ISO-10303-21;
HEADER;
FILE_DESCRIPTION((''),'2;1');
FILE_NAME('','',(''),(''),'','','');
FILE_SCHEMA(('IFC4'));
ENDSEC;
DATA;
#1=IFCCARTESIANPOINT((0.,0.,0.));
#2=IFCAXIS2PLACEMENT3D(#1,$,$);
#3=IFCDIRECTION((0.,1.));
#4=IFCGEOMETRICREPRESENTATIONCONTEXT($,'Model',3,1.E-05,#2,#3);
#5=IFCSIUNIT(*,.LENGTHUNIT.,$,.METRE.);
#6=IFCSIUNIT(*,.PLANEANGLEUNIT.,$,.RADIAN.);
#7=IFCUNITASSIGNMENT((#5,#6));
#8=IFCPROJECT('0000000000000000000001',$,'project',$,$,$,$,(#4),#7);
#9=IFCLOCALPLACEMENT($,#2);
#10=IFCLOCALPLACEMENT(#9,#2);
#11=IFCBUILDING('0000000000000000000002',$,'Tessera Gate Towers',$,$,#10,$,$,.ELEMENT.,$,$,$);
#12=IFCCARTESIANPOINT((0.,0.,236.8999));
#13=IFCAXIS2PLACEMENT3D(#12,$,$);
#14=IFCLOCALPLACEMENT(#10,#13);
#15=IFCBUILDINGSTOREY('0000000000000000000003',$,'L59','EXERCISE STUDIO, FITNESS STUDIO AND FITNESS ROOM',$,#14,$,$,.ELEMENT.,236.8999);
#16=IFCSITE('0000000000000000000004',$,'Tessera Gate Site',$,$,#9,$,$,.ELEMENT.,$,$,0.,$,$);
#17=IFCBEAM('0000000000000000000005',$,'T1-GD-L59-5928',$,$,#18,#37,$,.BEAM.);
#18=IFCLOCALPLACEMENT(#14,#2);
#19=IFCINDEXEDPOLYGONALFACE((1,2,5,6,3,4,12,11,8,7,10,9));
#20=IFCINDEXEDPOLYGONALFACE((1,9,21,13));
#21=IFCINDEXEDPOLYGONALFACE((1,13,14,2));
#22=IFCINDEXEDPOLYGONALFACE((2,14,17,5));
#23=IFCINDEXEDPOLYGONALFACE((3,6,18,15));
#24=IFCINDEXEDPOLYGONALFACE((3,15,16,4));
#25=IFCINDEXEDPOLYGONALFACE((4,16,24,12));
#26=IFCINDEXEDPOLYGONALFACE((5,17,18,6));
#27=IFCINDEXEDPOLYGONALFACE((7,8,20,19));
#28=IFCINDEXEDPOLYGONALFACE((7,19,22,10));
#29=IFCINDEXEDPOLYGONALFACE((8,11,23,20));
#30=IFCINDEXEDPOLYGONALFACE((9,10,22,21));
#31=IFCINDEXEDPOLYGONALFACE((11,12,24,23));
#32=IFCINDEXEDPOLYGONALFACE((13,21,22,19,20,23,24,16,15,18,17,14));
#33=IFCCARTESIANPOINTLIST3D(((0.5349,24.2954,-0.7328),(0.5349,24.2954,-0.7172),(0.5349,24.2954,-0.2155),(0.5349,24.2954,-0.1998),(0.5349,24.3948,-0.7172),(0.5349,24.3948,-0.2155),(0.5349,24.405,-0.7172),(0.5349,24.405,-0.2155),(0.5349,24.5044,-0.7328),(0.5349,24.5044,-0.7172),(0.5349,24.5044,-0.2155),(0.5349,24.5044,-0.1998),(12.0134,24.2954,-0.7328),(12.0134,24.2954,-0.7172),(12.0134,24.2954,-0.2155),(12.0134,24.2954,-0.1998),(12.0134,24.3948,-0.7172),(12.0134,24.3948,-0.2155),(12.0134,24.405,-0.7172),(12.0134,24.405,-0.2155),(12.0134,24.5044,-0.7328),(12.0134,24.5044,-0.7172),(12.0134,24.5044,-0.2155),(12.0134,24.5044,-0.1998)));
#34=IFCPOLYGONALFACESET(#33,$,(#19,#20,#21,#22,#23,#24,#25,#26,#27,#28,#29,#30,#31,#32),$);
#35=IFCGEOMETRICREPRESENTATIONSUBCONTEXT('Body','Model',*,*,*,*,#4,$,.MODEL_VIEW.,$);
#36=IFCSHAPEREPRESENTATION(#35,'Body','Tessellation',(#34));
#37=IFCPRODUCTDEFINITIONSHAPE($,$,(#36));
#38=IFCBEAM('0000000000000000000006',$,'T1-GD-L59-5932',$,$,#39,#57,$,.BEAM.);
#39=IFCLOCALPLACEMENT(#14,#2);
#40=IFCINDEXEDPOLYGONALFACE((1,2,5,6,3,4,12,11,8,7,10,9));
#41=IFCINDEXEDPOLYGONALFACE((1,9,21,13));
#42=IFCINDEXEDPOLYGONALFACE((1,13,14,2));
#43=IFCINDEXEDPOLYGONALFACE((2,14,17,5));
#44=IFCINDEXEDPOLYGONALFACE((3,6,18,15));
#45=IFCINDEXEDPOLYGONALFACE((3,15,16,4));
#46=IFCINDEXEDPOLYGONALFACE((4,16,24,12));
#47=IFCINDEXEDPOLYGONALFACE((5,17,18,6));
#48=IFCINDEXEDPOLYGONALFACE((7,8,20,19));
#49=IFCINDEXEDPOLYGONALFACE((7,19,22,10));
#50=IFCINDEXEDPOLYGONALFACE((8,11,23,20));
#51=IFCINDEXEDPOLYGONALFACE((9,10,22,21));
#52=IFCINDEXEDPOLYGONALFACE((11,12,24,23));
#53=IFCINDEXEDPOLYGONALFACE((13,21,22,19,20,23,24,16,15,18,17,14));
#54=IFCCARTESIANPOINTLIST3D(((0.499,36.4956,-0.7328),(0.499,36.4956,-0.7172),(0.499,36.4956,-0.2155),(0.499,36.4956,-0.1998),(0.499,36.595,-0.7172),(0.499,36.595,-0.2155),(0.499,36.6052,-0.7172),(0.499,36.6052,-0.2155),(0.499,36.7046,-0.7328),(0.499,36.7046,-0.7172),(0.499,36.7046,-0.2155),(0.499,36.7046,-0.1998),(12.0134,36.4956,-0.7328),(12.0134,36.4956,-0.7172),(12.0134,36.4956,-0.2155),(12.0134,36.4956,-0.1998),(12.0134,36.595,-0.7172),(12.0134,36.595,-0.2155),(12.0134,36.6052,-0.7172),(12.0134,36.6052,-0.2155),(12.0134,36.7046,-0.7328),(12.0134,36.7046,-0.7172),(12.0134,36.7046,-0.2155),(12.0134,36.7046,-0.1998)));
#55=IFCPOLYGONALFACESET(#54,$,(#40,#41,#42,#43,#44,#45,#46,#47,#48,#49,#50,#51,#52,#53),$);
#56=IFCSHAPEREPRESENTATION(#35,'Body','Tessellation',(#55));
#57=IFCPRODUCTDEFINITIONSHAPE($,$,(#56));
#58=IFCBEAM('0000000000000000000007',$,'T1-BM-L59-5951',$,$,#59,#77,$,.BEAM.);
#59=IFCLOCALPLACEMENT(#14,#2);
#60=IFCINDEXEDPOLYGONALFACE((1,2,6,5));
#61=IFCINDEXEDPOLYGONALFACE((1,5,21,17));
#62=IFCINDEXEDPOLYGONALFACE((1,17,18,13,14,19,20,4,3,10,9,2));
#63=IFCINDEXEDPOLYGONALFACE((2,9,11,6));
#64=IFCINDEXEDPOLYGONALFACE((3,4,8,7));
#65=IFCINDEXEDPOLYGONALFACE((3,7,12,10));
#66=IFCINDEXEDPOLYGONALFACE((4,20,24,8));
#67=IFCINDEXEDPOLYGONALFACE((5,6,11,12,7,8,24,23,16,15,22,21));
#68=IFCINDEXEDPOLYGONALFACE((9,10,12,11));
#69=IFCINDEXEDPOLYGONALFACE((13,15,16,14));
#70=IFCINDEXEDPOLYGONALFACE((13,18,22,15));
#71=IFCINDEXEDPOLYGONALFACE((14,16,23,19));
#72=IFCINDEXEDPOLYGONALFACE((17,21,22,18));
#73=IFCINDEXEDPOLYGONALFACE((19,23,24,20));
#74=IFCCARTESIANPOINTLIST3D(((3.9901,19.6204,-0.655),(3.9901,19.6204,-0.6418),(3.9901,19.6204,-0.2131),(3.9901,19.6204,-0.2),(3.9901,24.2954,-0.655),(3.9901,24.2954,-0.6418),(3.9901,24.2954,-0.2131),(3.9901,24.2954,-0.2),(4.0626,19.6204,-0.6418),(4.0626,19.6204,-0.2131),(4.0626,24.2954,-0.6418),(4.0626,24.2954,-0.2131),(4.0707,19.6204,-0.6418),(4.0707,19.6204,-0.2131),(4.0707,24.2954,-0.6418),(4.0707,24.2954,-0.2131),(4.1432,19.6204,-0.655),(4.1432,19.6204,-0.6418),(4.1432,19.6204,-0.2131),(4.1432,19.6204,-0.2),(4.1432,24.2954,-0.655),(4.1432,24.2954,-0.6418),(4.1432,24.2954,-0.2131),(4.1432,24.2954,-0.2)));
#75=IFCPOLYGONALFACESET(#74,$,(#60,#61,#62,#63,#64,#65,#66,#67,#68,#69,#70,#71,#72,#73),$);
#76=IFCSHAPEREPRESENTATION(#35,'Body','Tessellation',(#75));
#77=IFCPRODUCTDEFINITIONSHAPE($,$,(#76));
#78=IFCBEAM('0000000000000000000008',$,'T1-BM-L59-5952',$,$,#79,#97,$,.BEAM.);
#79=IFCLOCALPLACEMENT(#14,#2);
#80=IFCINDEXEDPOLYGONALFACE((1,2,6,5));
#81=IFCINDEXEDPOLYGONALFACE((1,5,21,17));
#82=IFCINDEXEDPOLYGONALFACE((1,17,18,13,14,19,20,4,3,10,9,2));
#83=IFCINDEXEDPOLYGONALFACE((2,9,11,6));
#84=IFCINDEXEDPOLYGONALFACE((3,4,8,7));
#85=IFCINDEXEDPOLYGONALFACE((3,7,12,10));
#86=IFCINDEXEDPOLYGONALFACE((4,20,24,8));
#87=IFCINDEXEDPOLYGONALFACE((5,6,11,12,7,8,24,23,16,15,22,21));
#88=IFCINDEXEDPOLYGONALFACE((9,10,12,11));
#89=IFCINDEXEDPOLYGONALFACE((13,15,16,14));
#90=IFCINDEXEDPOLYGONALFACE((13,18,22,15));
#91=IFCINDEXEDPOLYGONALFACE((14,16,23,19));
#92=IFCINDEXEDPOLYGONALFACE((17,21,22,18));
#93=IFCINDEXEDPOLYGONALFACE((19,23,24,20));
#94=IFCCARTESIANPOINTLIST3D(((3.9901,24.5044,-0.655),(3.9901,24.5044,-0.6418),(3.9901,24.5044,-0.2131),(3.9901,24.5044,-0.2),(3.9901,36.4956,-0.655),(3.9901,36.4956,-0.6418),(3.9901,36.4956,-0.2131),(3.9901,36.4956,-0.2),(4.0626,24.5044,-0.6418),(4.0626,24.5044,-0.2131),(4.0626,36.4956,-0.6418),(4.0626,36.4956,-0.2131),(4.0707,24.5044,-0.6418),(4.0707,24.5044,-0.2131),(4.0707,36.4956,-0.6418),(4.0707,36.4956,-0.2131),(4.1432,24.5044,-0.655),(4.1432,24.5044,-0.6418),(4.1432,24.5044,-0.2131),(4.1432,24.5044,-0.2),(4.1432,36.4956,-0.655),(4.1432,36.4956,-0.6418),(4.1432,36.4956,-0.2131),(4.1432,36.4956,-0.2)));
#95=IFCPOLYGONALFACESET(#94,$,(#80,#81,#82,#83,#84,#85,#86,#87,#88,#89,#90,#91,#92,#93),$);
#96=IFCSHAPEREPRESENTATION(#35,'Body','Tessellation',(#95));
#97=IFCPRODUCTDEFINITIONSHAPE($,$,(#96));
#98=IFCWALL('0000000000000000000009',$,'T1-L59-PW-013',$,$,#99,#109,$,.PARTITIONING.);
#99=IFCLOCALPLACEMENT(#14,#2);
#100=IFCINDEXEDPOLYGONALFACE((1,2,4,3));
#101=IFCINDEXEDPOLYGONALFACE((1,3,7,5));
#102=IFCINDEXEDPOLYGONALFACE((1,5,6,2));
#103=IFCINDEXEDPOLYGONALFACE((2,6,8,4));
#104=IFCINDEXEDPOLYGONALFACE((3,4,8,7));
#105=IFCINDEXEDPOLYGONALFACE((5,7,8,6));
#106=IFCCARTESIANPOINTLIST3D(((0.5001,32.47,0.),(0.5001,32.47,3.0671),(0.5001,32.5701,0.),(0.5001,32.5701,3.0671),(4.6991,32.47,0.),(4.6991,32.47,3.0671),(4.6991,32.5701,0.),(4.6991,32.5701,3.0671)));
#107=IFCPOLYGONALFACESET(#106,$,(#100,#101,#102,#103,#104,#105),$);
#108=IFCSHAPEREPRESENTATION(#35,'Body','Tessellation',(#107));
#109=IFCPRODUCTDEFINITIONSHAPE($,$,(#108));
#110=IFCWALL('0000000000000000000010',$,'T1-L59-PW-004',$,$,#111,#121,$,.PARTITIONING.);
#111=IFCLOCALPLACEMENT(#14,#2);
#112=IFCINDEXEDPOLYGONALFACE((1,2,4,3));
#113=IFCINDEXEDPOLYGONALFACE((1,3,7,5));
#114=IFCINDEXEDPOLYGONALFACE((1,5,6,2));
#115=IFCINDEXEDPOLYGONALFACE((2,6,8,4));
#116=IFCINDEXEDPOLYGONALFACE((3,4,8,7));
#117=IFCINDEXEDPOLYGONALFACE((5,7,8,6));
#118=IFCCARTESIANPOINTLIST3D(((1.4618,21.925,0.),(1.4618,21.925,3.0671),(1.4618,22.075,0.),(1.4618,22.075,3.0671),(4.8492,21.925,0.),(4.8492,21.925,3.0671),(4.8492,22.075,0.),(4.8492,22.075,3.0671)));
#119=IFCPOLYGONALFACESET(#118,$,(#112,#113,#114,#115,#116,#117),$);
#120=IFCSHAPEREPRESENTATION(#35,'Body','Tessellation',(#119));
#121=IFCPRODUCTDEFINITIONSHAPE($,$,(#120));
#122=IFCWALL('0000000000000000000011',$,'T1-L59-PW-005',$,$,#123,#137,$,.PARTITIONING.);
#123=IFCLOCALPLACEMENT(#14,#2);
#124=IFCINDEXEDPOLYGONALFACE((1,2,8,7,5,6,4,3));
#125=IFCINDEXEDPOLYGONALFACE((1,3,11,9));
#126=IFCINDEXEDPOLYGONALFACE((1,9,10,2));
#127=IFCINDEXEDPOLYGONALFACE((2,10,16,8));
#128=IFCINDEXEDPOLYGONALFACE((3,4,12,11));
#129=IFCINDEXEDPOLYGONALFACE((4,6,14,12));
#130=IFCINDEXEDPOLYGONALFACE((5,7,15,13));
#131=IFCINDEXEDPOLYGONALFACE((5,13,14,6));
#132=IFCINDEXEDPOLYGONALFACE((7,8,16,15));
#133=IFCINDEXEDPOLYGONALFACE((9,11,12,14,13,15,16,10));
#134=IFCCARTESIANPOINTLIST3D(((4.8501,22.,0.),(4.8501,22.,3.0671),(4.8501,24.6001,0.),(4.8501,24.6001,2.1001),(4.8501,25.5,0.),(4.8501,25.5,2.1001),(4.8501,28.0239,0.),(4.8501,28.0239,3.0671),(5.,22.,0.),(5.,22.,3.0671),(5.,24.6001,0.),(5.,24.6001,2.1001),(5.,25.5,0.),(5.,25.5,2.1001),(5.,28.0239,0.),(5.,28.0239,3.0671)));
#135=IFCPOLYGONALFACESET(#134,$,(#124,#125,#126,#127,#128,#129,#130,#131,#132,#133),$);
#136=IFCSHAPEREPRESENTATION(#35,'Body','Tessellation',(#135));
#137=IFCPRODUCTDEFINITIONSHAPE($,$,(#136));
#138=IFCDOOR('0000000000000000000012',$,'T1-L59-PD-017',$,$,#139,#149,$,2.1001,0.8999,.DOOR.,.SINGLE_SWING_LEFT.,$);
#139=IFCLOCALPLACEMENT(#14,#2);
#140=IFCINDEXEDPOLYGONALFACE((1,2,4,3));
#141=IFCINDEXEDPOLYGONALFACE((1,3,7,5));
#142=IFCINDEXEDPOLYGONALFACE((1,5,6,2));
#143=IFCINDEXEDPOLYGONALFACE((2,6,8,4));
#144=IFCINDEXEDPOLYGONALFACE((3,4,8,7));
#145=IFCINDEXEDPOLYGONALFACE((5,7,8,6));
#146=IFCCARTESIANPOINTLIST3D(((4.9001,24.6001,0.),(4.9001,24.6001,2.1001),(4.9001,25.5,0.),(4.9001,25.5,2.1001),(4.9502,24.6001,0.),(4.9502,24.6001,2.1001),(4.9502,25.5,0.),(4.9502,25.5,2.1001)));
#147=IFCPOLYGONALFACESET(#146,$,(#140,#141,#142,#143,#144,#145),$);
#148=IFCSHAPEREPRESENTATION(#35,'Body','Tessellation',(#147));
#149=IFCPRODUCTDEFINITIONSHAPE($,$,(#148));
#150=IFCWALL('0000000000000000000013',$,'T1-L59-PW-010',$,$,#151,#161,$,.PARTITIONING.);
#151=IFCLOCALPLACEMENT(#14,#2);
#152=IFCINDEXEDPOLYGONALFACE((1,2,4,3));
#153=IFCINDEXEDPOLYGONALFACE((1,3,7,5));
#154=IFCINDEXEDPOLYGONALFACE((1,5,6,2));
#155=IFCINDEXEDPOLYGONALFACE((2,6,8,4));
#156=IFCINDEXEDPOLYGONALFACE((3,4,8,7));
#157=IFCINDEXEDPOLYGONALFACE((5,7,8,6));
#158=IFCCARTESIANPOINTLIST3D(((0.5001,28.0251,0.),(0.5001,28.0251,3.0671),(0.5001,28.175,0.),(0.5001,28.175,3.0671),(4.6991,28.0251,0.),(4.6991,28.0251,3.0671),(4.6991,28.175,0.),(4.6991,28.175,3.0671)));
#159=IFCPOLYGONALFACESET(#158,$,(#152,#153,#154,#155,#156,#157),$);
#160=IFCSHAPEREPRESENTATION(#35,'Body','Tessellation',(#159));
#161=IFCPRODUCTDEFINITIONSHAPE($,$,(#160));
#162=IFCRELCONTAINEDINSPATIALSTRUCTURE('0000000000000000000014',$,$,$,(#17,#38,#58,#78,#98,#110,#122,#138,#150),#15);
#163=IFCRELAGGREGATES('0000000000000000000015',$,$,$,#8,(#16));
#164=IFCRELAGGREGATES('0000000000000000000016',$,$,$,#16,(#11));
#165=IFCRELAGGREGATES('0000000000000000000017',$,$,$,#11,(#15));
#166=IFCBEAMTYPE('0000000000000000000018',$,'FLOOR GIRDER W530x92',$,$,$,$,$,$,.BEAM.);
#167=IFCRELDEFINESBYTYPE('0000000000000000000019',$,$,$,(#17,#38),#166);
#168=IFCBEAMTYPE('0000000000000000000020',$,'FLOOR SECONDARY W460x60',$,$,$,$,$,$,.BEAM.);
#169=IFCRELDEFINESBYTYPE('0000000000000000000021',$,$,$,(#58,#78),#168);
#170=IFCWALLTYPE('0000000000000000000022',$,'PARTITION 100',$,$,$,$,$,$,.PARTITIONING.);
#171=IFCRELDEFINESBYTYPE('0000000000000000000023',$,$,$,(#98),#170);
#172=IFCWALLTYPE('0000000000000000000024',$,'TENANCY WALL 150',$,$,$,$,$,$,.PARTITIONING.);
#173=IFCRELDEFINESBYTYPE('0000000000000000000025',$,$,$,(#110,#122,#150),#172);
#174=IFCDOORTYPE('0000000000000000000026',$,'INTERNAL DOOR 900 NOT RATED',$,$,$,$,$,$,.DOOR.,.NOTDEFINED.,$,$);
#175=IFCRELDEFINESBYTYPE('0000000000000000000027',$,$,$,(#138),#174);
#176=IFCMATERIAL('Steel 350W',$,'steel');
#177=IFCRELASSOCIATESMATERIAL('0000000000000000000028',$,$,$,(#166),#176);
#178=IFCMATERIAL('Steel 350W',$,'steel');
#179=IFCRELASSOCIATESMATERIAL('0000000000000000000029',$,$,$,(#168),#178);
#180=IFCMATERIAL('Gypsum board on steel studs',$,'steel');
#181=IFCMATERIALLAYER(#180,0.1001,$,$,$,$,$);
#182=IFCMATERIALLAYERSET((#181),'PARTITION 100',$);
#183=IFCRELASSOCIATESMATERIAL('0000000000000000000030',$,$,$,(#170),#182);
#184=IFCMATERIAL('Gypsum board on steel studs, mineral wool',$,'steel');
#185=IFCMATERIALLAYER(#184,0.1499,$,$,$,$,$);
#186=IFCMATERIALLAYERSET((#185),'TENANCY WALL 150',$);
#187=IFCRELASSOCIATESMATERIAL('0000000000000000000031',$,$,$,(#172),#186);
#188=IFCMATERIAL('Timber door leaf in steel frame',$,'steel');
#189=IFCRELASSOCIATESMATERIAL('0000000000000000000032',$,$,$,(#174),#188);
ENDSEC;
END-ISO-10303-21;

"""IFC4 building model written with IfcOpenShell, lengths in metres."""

from ifc_helpers import new_model, si_unit, direction, frame, frame_2d, origin, origin_2d, place, context, subcontext, project, spatial, rectangle, i_section, extrude, source, transform, mapped, material, layer, layer_set, material_profile, profile_set, type_object, element, fill, save


model = new_model("IFC4")

# Units and contexts
model_context = context("Model", 3, precision=1e-05, world=origin(), true_north=direction((0.0, 1.0)))
body_context = subcontext(model_context, "Body", "Model", "MODEL_VIEW")
ifc_project = project(units=[si_unit("LENGTHUNIT", "METRE"), si_unit("PLANEANGLEUNIT", "RADIAN")], contexts=[model_context])

# Site, building, storey
site_placement = place(None, origin())
site = spatial("IfcSite", under=ifc_project, at=site_placement, Name="Tessera Gate Site", CompositionType="ELEMENT", RefElevation=0.0)
building_placement = place(site_placement, origin())
building = spatial("IfcBuilding", under=site, at=building_placement, Name="Tessera Gate Towers", CompositionType="ELEMENT")
storey_placement = place(building_placement, frame((0.0, 0.0, 236.8999)))
storey = spatial("IfcBuildingStorey", under=building, at=storey_placement, Name="L59", Description="EXERCISE STUDIO, FITNESS STUDIO AND FITNESS ROOM", CompositionType="ELEMENT", Elevation=236.8999)

# Beams
ifc_material_1 = material(Name="Steel 350W", Category="steel")
ifc_material_profile_1 = material_profile(ifc_material_1, i_section(OverallWidth=0.209, OverallDepth=0.533, WebThickness=0.0103, FlangeThickness=0.0156, at=origin_2d()), Name="W530x92")
ifc_profile_set_1 = profile_set([ifc_material_profile_1], Name="Steel 350W")
beam_type_1 = type_object("IfcBeamType", Name="FLOOR GIRDER W530x92", PredefinedType="BEAM", material=ifc_profile_set_1)
beam_1_placement = place(storey_placement, frame((0.5349, 24.3999, -0.4663), z_axis=(1.0, 0.0, 0.0), x_axis=(0.0, 1.0, 0.0)))
element("IfcBeam", 1, at=beam_1_placement, inside=storey, type_object=beam_type_1, Name="T1-GD-L59-5928", PredefinedType="BEAM", context=body_context, shape_type="SweptSolid", body=[
    extrude(i_section(OverallWidth=0.209, OverallDepth=0.533, WebThickness=0.0103, FlangeThickness=0.0156, at=origin_2d()), origin(), (0.0, 0.0, 1.0), 11.4785),
])
beam_2_placement = place(storey_placement, frame((0.499, 36.6001, -0.4663), z_axis=(1.0, 0.0, 0.0), x_axis=(0.0, 1.0, 0.0)))
element("IfcBeam", 2, at=beam_2_placement, inside=storey, type_object=beam_type_1, Name="T1-GD-L59-5932", PredefinedType="BEAM", context=body_context, shape_type="SweptSolid", body=[
    extrude(i_section(OverallWidth=0.209, OverallDepth=0.533, WebThickness=0.0103, FlangeThickness=0.0156, at=origin_2d()), origin(), (0.0, 0.0, 1.0), 11.5144),
])
ifc_material_2 = material(Name="Steel 350W", Category="steel")
ifc_material_profile_2 = material_profile(ifc_material_2, i_section(OverallWidth=0.1531, OverallDepth=0.4551, WebThickness=0.0081, FlangeThickness=0.0132, at=origin_2d()), Name="W460x60")
ifc_profile_set_2 = profile_set([ifc_material_profile_2], Name="Steel 350W")
beam_type_2 = type_object("IfcBeamType", Name="FLOOR SECONDARY W460x60", PredefinedType="BEAM", material=ifc_profile_set_2)
beam_3_placement = place(storey_placement, frame((4.0667, 19.6204, -0.4275), z_axis=(0.0, 1.0, 0.0), x_axis=(-1.0, 0.0, 0.0)))
element("IfcBeam", 3, at=beam_3_placement, inside=storey, type_object=beam_type_2, Name="T1-BM-L59-5951", PredefinedType="BEAM", context=body_context, shape_type="SweptSolid", body=[
    extrude(i_section(OverallWidth=0.1531, OverallDepth=0.4551, WebThickness=0.0081, FlangeThickness=0.0132, at=origin_2d()), origin(), (0.0, 0.0, 1.0), 4.675),
])
beam_4_placement = place(storey_placement, frame((4.0667, 24.5044, -0.4275), z_axis=(0.0, 1.0, 0.0), x_axis=(-1.0, 0.0, 0.0)))
element("IfcBeam", 4, at=beam_4_placement, inside=storey, type_object=beam_type_2, Name="T1-BM-L59-5952", PredefinedType="BEAM", context=body_context, shape_type="SweptSolid", body=[
    extrude(i_section(OverallWidth=0.1531, OverallDepth=0.4551, WebThickness=0.0081, FlangeThickness=0.0132, at=origin_2d()), origin(), (0.0, 0.0, 1.0), 11.9912),
])

# Walls
ifc_material_3 = material(Name="Gypsum board on steel studs", Category="steel")
ifc_layer_1 = layer(ifc_material_3, 0.1001)
ifc_layer_set_1 = layer_set([ifc_layer_1], Name="PARTITION 100")
wall_type_1 = type_object("IfcWallType", Name="PARTITION 100", PredefinedType="PARTITIONING", material=ifc_layer_set_1)
wall_1_placement = place(storey_placement, frame((0.5, 32.52, 0.0), z_axis=(0.0, 0.0, 1.0), x_axis=(1.0, 0.0, 0.0)))
element("IfcWall", 5, at=wall_1_placement, inside=storey, type_object=wall_type_1, Name="T1-L59-PW-013", PredefinedType="PARTITIONING", context=body_context, shape_type="SweptSolid", body=[
    extrude(rectangle(XDim=4.199, YDim=0.1001, at=frame_2d((2.0996, 0.0))), origin(), (0.0, 0.0, 1.0), 3.0671),
])
ifc_material_4 = material(Name="Gypsum board on steel studs, mineral wool", Category="steel")
ifc_layer_2 = layer(ifc_material_4, 0.1499)
ifc_layer_set_2 = layer_set([ifc_layer_2], Name="TENANCY WALL 150")
wall_type_2 = type_object("IfcWallType", Name="TENANCY WALL 150", PredefinedType="PARTITIONING", material=ifc_layer_set_2)
wall_2_placement = place(storey_placement, frame((1.4617, 22.0, 0.0), z_axis=(0.0, 0.0, 1.0), x_axis=(1.0, 0.0, 0.0)))
element("IfcWall", 6, at=wall_2_placement, inside=storey, type_object=wall_type_2, Name="T1-L59-PW-004", PredefinedType="PARTITIONING", context=body_context, shape_type="SweptSolid", body=[
    extrude(rectangle(XDim=3.3875, YDim=0.1499, at=frame_2d((1.6938, 0.0))), origin(), (0.0, 0.0, 1.0), 3.0671),
])

# Wall, opening, door
wall_3_placement = place(storey_placement, frame((4.925, 22.0, 0.0), z_axis=(0.0, 0.0, 1.0), x_axis=(0.0, 1.0, 0.0)))
wall_3 = element("IfcWall", 7, at=wall_3_placement, inside=storey, type_object=wall_type_2, Name="T1-L59-PW-005", PredefinedType="PARTITIONING", context=body_context, shape_type="SweptSolid", body=[
    extrude(rectangle(XDim=6.0239, YDim=0.1499, at=frame_2d((3.012, 0.0))), origin(), (0.0, 0.0, 1.0), 3.0671),
])
shared_shape_1 = source(origin(), body_context, "Body", "SweptSolid", [
    extrude(rectangle(XDim=0.8999, YDim=2.1001, at=frame_2d((0.45, 1.05))), frame((0.0, 0.085, 0.0), z_axis=(0.0, -1.0, 0.0), x_axis=(1.0, 0.0, 0.0)), (0.0, 0.0, 1.0), 0.1699),
])
opening_1_placement = place(wall_3_placement, frame((2.6001, 0.0, 0.0)))
opening_1 = element("IfcOpeningElement", 8, at=opening_1_placement, cuts=wall_3, PredefinedType="OPENING", context=body_context, shape_type="MappedRepresentation", body=[
    mapped(shared_shape_1, transform((0.0, 0.0, 0.0), scale=1.0)),
])
ifc_material_5 = material(Name="Timber door leaf in steel frame", Category="steel")
door_type = type_object("IfcDoorType", Name="INTERNAL DOOR 900 NOT RATED", OperationType="NOTDEFINED", PredefinedType="DOOR", material=ifc_material_5)
shared_shape_2 = source(origin(), body_context, "Body", "SweptSolid", [
    extrude(rectangle(XDim=0.8999, YDim=2.1001, at=frame_2d((0.45, 1.05))), frame((0.0, 0.0249, 0.0), z_axis=(0.0, -1.0, 0.0), x_axis=(1.0, 0.0, 0.0)), (0.0, 0.0, 1.0), 0.05),
])
door_1_placement = place(opening_1_placement, origin())
door_1 = element("IfcDoor", 9, at=door_1_placement, inside=storey, type_object=door_type, Name="T1-L59-PD-017", OperationType="SINGLE_SWING_LEFT", OverallHeight=2.1001, OverallWidth=0.8999, PredefinedType="DOOR", context=body_context, shape_type="MappedRepresentation", body=[
    mapped(shared_shape_2, transform((0.0, 0.0, 0.0), scale=1.0)),
])
fill(opening_1, door_1)

# Wall
wall_4_placement = place(storey_placement, frame((0.5, 28.1001, 0.0), z_axis=(0.0, 0.0, 1.0), x_axis=(1.0, 0.0, 0.0)))
element("IfcWall", 10, at=wall_4_placement, inside=storey, type_object=wall_type_2, Name="T1-L59-PW-010", PredefinedType="PARTITIONING", context=body_context, shape_type="SweptSolid", body=[
    extrude(rectangle(XDim=4.199, YDim=0.1499, at=frame_2d((2.0996, 0.0))), origin(), (0.0, 0.0, 1.0), 3.0671),
])

save(model, "model.ifc")
